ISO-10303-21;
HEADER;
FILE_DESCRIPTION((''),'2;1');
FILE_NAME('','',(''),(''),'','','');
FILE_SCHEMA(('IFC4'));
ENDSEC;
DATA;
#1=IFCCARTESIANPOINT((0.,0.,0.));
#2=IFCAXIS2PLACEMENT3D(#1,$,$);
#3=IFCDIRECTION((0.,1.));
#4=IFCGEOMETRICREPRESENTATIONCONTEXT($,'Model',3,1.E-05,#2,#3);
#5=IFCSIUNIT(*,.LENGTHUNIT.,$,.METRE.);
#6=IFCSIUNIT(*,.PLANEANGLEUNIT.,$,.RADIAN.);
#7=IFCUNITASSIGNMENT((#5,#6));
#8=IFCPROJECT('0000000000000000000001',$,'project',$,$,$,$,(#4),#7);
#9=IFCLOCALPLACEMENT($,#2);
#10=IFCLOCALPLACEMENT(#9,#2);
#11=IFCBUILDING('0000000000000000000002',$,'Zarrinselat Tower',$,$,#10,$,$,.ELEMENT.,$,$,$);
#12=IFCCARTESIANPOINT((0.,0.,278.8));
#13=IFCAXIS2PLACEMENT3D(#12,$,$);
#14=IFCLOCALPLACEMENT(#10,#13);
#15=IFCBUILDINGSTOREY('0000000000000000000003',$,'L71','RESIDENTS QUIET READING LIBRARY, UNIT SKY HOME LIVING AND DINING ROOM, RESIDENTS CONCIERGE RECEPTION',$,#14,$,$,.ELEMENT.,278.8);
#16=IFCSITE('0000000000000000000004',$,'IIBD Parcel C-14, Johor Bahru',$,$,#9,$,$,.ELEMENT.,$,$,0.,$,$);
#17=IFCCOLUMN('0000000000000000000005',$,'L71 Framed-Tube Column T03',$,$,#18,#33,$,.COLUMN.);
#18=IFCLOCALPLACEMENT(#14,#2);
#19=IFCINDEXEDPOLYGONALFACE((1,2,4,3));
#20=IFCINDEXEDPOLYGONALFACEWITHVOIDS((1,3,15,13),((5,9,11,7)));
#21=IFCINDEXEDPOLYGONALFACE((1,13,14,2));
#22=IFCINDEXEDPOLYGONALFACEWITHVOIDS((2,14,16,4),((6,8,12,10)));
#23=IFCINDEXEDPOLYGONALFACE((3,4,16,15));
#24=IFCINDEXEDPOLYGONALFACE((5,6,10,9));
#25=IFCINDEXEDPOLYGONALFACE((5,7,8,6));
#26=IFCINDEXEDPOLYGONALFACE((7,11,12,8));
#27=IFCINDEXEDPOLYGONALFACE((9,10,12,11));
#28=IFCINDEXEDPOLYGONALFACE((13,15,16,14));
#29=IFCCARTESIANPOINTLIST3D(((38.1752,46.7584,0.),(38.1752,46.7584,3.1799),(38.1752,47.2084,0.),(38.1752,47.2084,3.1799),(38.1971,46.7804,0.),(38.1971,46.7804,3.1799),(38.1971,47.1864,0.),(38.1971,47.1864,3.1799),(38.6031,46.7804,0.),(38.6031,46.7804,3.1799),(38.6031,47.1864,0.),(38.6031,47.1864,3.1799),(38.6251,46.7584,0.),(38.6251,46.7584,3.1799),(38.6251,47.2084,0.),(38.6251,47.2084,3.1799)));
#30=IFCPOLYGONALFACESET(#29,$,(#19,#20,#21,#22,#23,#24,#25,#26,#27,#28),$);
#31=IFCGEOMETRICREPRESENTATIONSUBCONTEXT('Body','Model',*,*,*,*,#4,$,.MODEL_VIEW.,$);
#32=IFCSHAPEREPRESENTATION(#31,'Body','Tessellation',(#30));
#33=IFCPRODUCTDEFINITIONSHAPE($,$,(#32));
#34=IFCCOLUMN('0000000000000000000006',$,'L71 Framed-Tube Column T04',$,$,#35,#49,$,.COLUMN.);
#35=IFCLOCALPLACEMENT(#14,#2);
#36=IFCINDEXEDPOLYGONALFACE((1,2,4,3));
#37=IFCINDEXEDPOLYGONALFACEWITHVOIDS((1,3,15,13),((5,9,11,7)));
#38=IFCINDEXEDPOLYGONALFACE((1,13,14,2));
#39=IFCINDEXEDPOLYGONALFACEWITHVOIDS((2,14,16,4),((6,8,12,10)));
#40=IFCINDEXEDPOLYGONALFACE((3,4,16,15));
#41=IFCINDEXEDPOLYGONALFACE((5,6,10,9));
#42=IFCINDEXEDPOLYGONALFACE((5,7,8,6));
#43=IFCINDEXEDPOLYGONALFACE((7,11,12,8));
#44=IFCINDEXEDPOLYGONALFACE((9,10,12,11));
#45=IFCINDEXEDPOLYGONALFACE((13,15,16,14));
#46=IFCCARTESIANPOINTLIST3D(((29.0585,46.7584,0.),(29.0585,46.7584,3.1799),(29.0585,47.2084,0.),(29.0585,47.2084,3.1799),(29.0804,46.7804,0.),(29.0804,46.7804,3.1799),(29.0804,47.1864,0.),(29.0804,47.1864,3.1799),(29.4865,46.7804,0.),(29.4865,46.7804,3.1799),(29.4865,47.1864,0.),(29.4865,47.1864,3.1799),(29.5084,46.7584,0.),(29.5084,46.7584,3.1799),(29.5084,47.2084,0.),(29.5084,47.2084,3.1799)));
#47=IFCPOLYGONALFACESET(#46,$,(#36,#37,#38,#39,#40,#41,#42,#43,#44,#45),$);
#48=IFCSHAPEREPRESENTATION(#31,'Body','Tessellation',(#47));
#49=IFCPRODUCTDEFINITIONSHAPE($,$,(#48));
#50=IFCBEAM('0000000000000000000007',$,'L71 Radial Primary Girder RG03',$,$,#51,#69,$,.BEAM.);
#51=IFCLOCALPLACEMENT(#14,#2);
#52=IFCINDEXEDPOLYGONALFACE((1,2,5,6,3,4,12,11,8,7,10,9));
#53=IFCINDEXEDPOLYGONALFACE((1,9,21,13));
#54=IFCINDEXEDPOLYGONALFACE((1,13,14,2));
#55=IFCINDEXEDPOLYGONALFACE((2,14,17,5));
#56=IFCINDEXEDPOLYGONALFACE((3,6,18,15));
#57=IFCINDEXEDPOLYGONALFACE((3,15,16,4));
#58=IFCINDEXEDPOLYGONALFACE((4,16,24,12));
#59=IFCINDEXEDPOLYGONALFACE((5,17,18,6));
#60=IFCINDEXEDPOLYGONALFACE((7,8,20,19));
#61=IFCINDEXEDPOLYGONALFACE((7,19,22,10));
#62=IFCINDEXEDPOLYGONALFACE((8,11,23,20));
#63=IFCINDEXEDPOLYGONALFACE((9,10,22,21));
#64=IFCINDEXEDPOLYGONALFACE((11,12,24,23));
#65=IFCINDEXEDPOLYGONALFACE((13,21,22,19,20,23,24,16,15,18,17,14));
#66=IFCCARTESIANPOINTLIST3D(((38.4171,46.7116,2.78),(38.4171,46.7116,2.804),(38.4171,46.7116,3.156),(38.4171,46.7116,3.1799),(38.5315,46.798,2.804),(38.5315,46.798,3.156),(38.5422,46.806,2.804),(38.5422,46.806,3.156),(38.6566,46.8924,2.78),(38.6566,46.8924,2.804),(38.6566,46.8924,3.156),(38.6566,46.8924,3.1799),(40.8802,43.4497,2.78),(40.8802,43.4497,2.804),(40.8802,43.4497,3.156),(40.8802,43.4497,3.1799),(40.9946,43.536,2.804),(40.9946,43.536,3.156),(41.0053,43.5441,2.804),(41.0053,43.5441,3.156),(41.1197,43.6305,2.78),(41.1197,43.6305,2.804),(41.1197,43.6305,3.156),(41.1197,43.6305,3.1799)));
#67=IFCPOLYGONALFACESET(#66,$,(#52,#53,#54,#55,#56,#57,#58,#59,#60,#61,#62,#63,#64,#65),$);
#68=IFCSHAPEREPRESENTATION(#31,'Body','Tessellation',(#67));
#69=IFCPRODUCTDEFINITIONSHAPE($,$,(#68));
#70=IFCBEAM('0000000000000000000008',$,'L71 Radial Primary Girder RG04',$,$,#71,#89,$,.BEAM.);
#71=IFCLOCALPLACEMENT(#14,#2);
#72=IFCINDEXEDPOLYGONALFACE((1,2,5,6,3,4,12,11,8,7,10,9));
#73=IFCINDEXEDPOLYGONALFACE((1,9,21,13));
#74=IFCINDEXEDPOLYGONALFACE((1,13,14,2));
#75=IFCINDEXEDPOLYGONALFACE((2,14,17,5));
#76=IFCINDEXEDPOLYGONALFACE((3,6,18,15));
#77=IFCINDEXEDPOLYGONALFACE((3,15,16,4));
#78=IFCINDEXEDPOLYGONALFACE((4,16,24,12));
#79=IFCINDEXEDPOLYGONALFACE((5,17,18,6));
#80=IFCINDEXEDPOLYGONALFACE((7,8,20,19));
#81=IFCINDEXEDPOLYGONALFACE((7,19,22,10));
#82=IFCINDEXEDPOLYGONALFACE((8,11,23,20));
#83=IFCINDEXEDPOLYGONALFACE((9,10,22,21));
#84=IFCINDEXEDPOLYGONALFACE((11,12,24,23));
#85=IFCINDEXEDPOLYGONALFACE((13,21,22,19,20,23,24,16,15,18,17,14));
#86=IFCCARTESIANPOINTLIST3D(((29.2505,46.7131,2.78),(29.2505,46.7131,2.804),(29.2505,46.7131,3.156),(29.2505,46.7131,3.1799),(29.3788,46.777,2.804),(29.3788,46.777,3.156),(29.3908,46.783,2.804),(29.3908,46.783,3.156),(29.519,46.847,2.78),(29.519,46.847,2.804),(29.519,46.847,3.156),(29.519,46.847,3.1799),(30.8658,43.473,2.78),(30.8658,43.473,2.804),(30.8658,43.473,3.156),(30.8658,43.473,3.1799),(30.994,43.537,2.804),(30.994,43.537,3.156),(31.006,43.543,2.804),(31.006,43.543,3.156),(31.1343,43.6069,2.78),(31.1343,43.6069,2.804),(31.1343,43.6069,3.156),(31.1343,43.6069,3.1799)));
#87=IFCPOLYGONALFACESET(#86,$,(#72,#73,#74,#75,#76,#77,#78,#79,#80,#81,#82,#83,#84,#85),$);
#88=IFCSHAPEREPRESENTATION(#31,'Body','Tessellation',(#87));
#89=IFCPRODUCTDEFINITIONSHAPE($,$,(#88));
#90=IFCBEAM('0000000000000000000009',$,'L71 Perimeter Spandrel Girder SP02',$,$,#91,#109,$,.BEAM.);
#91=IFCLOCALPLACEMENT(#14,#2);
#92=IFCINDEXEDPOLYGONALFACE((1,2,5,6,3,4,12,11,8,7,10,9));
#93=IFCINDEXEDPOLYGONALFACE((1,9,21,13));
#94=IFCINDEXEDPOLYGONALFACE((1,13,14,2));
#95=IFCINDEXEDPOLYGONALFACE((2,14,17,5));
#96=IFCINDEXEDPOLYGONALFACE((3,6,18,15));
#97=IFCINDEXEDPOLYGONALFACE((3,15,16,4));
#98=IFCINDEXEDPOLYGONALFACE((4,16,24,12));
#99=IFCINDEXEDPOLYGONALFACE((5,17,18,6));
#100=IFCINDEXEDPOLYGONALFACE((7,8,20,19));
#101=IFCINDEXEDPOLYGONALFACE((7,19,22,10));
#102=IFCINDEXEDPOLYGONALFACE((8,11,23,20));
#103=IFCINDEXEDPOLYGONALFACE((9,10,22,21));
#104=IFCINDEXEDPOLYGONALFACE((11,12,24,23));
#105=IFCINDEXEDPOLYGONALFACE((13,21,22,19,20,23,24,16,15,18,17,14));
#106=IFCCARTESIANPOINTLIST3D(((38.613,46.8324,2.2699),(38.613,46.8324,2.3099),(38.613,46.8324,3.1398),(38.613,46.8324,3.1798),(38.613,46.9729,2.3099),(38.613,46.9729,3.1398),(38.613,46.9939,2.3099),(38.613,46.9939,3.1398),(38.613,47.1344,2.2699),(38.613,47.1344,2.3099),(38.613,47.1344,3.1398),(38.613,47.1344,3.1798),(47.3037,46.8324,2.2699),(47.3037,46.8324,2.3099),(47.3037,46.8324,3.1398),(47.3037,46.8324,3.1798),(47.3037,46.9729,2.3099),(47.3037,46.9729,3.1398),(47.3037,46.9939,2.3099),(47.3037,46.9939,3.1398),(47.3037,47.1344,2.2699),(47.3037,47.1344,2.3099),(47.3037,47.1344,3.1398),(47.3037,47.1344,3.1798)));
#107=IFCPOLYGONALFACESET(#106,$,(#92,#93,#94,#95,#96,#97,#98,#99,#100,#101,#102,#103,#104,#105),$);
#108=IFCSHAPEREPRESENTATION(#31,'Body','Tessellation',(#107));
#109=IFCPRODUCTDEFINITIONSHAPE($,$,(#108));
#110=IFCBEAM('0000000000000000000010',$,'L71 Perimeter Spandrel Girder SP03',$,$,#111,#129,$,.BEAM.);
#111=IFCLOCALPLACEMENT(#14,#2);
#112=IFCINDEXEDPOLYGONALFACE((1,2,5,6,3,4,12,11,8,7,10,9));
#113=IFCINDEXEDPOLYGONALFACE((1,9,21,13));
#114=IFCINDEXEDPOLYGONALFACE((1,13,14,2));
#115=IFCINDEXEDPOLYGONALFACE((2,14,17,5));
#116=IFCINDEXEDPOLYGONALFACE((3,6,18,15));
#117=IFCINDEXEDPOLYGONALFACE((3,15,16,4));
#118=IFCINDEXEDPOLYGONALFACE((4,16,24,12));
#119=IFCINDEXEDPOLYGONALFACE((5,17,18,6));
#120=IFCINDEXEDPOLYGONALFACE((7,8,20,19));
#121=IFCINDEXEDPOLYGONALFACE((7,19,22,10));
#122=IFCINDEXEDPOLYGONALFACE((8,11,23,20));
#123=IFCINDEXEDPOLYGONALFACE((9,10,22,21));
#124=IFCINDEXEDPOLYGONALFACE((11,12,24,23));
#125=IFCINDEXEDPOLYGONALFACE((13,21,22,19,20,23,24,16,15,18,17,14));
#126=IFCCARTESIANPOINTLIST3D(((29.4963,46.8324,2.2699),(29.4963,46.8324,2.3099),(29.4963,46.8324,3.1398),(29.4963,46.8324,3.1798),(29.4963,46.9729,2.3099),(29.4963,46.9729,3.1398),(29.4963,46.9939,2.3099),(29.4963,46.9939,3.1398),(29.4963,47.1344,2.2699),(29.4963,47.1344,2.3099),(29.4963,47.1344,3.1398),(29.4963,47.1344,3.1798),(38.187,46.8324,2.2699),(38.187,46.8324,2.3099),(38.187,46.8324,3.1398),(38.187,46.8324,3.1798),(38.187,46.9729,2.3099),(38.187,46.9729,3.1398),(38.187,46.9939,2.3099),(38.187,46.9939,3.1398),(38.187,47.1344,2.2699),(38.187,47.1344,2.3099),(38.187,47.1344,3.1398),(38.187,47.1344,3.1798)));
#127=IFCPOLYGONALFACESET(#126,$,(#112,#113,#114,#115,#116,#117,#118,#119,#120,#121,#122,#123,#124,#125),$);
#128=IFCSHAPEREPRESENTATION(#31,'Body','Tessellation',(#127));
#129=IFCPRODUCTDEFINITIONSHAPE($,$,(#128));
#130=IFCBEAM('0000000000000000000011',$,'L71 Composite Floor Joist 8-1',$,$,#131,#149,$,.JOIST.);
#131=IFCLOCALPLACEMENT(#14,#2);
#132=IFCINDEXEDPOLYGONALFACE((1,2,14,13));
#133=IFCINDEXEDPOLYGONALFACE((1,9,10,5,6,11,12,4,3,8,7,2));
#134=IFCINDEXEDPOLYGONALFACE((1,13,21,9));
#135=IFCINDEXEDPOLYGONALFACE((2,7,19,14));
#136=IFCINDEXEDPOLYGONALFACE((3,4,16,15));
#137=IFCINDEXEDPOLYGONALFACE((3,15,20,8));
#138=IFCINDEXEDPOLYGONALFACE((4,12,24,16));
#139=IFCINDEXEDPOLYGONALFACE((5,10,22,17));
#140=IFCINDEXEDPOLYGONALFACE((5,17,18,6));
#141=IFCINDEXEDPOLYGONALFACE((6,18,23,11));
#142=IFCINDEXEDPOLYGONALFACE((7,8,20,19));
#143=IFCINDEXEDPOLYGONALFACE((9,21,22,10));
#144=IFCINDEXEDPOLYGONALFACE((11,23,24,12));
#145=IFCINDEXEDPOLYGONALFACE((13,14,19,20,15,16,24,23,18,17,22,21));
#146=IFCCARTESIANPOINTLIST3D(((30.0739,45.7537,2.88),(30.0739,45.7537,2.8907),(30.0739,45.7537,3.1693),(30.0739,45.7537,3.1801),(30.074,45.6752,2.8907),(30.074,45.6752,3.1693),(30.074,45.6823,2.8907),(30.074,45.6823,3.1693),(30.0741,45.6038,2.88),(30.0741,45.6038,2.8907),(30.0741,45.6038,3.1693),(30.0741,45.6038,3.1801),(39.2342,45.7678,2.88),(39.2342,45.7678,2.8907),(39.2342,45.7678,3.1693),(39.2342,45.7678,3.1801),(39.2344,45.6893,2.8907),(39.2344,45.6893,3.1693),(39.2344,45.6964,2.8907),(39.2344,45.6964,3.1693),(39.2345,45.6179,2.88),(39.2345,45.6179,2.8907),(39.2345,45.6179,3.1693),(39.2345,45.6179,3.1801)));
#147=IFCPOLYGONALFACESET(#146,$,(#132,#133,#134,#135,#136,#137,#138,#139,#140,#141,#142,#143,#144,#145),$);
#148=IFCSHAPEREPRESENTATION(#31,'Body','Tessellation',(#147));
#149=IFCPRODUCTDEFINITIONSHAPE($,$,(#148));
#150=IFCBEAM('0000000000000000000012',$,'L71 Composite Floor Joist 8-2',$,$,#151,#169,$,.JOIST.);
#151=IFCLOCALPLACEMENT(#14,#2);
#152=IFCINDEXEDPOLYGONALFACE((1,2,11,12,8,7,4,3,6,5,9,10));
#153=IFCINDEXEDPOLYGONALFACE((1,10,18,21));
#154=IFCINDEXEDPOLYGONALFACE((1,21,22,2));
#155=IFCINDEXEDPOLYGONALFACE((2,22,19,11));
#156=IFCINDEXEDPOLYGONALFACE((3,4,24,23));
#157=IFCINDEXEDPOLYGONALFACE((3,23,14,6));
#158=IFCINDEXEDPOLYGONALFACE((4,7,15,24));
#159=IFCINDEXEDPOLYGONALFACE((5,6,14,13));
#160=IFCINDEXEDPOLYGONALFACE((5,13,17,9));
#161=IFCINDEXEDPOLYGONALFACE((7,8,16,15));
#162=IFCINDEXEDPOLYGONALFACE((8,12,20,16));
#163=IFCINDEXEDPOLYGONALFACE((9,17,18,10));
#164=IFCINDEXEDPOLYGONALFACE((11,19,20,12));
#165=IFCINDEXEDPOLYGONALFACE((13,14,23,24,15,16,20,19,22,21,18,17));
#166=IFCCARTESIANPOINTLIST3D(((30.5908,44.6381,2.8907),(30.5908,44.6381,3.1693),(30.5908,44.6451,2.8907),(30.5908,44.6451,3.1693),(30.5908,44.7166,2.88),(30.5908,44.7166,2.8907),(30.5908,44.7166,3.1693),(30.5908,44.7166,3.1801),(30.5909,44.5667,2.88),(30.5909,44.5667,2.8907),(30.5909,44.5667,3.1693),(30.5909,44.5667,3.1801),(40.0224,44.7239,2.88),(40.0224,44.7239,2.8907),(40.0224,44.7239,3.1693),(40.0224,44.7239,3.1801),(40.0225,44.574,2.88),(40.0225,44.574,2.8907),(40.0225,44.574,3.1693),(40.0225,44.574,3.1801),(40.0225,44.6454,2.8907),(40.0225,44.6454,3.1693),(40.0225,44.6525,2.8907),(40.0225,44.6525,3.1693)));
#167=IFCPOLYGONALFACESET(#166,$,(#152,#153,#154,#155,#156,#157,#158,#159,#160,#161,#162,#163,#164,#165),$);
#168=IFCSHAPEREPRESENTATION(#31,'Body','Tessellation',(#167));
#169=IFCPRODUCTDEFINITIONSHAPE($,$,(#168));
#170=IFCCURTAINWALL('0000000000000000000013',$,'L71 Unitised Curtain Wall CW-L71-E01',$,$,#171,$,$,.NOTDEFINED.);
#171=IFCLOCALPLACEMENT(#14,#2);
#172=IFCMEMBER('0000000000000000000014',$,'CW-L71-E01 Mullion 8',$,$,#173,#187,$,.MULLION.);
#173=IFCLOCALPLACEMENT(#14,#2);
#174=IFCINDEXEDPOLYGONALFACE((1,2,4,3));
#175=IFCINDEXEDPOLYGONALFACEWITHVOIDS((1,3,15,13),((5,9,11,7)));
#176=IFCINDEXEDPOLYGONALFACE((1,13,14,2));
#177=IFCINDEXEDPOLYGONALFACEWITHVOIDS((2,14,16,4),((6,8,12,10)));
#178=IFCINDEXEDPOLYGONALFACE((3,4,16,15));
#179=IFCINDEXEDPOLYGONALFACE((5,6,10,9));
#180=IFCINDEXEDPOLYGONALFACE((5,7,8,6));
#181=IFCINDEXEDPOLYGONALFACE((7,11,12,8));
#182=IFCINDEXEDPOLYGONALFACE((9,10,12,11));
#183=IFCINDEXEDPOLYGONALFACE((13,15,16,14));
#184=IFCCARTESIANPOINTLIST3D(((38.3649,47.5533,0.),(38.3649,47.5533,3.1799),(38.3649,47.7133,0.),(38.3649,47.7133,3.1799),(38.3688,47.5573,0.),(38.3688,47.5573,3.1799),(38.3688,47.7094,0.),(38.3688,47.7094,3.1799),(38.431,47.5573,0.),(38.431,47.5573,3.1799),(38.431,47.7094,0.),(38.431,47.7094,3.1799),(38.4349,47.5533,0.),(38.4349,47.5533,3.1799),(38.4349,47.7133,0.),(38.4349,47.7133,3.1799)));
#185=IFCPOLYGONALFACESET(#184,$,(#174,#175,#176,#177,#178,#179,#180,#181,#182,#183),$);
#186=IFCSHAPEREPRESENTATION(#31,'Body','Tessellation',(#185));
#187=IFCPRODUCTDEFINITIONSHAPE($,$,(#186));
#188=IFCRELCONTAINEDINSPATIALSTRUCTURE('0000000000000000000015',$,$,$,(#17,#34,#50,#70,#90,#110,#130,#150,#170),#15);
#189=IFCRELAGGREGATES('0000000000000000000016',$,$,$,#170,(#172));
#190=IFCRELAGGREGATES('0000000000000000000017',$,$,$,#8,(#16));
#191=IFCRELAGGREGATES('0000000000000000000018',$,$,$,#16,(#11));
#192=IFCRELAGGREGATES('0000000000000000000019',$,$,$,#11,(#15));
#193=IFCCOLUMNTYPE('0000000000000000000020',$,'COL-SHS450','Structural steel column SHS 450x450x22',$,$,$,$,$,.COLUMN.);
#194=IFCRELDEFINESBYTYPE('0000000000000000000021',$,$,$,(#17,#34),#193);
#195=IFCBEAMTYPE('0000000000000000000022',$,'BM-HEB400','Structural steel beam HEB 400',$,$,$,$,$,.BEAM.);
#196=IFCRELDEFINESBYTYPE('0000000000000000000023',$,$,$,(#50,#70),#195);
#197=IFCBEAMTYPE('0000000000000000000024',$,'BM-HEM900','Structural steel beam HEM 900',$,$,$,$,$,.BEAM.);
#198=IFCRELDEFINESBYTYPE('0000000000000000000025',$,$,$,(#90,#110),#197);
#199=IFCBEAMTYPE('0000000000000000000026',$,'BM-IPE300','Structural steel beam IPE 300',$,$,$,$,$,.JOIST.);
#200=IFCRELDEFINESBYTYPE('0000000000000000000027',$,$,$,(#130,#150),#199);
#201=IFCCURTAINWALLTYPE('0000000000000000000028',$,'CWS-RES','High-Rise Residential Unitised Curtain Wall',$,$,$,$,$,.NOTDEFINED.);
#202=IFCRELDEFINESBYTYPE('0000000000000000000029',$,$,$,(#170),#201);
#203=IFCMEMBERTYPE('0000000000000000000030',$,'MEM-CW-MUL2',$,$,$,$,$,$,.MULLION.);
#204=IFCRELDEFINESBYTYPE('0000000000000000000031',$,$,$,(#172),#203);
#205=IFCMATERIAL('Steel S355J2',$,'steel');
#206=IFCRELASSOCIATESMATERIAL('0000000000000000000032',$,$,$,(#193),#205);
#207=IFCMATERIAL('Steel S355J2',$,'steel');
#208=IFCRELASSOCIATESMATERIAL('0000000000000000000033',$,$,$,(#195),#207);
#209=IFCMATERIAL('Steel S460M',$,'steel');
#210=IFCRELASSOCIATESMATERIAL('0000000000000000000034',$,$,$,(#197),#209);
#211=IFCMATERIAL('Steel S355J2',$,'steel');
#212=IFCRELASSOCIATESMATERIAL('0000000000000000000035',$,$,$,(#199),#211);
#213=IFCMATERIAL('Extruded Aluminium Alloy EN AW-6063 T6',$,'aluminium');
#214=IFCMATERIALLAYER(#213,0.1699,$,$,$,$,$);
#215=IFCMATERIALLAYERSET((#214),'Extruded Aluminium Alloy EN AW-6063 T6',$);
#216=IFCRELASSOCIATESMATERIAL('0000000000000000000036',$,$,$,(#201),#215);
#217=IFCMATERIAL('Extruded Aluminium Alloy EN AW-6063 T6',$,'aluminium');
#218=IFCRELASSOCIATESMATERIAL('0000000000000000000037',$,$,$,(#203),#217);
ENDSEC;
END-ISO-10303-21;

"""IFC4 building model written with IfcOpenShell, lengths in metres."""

from ifc_helpers import new_model, si_unit, direction, frame, origin, origin_2d, place, context, subcontext, project, spatial, hollow_rectangle, i_section, extrude, material, layer, layer_set, material_profile, profile_set, type_object, element, aggregate, save


model = new_model("IFC4")

# Units and contexts
model_context = context("Model", 3, precision=1e-05, world=origin(), true_north=direction((0.0, 1.0)))
body_context = subcontext(model_context, "Body", "Model", "MODEL_VIEW")
ifc_project = project(units=[si_unit("LENGTHUNIT", "METRE"), si_unit("PLANEANGLEUNIT", "RADIAN")], contexts=[model_context])

# Site, building, storey
site_placement = place(None, origin())
site = spatial("IfcSite", under=ifc_project, at=site_placement, Name="IIBD Parcel C-14, Johor Bahru", CompositionType="ELEMENT", RefElevation=0.0)
building_placement = place(site_placement, origin())
building = spatial("IfcBuilding", under=site, at=building_placement, Name="Zarrinselat Tower", CompositionType="ELEMENT")
storey_placement = place(building_placement, frame((0.0, 0.0, 278.8)))
storey = spatial("IfcBuildingStorey", under=building, at=storey_placement, Name="L71", Description="RESIDENTS QUIET READING LIBRARY, UNIT SKY HOME LIVING AND DINING ROOM, RESIDENTS CONCIERGE RECEPTION", CompositionType="ELEMENT", Elevation=278.8)

# Columns
ifc_material_1 = material(Name="Steel S355J2", Category="steel")
ifc_material_profile_1 = material_profile(ifc_material_1, hollow_rectangle(XDim=0.45, YDim=0.45, WallThickness=0.022, at=origin_2d()), Name="SHS 450x450x22")
ifc_profile_set_1 = profile_set([ifc_material_profile_1], Name="Steel S355J2")
column_type = type_object("IfcColumnType", Name="COL-SHS450", Description="Structural steel column SHS 450x450x22", PredefinedType="COLUMN", material=ifc_profile_set_1)
for number, where, z_axis, x_axis, name in (
    (1, (38.4001, 46.9834, 0.0), (0.0, 0.0, 1.0), (1.0, 0.0, 0.0), "L71 Framed-Tube Column T03"),
    (2, (29.2834, 46.9834, 0.0), (0.0, 0.0, 1.0), (1.0, 0.0, 0.0), "L71 Framed-Tube Column T04"),
):
    element("IfcColumn", number, at=place(storey_placement, frame(where, z_axis=z_axis, x_axis=x_axis)), inside=storey, type_object=column_type, Name=name, PredefinedType="COLUMN", context=body_context, shape_type="SweptSolid", body=[
        extrude(hollow_rectangle(XDim=0.45, YDim=0.45, WallThickness=0.022, at=origin_2d()), origin(), (0.0, 0.0, 1.0), 3.1799),
    ])

# Beams
ifc_material_2 = material(Name="Steel S355J2", Category="steel")
ifc_material_profile_2 = material_profile(ifc_material_2, i_section(OverallWidth=0.3, OverallDepth=0.3999, WebThickness=0.0134, FlangeThickness=0.0239, at=origin_2d()), Name="HEB 400")
ifc_profile_set_2 = profile_set([ifc_material_profile_2], Name="Steel S355J2")
beam_type_1 = type_object("IfcBeamType", Name="BM-HEB400", Description="Structural steel beam HEB 400", PredefinedType="BEAM", material=ifc_profile_set_2)
beam_1_placement = place(storey_placement, frame((38.5369, 46.802, 2.98), z_axis=(0.602606, -0.798039, 0.0), x_axis=(0.798039, 0.602606, 0.0)))
element("IfcBeam", 3, at=beam_1_placement, inside=storey, type_object=beam_type_1, Name="L71 Radial Primary Girder RG03", PredefinedType="BEAM", context=body_context, shape_type="SweptSolid", body=[
    extrude(i_section(OverallWidth=0.3, OverallDepth=0.3999, WebThickness=0.0134, FlangeThickness=0.0239, at=origin_2d()), origin(), (0.0, 0.0, 1.0), 4.0874),
])
beam_2_placement = place(storey_placement, frame((29.3848, 46.78, 2.98), z_axis=(0.446161, -0.894953, 0.0), x_axis=(0.894953, 0.446161, 0.0)))
element("IfcBeam", 4, at=beam_2_placement, inside=storey, type_object=beam_type_1, Name="L71 Radial Primary Girder RG04", PredefinedType="BEAM", context=body_context, shape_type="SweptSolid", body=[
    extrude(i_section(OverallWidth=0.3, OverallDepth=0.3999, WebThickness=0.0134, FlangeThickness=0.0239, at=origin_2d()), origin(), (0.0, 0.0, 1.0), 3.6204),
])
ifc_material_3 = material(Name="Steel S460M", Category="steel")
ifc_material_profile_3 = material_profile(ifc_material_3, i_section(OverallWidth=0.302, OverallDepth=0.9099, WebThickness=0.021, FlangeThickness=0.04, at=origin_2d()), Name="HEM 900")
ifc_profile_set_3 = profile_set([ifc_material_profile_3], Name="Steel S460M")
beam_type_2 = type_object("IfcBeamType", Name="BM-HEM900", Description="Structural steel beam HEM 900", PredefinedType="BEAM", material=ifc_profile_set_3)
for number, where, z_axis, x_axis, name in (
    (5, (38.613, 46.9834, 2.7249), (1.0, 0.0, 0.0), (0.0, 1.0, 0.0), "L71 Perimeter Spandrel Girder SP02"),
    (6, (29.4963, 46.9834, 2.7249), (1.0, 0.0, 0.0), (0.0, 1.0, 0.0), "L71 Perimeter Spandrel Girder SP03"),
):
    element("IfcBeam", number, at=place(storey_placement, frame(where, z_axis=z_axis, x_axis=x_axis)), inside=storey, type_object=beam_type_2, Name=name, PredefinedType="BEAM", context=body_context, shape_type="SweptSolid", body=[
        extrude(i_section(OverallWidth=0.302, OverallDepth=0.9099, WebThickness=0.021, FlangeThickness=0.04, at=origin_2d()), origin(), (0.0, 0.0, 1.0), 8.6907),
    ])
ifc_material_4 = material(Name="Steel S355J2", Category="steel")
ifc_material_profile_4 = material_profile(ifc_material_4, i_section(OverallWidth=0.1499, OverallDepth=0.3, WebThickness=0.0071, FlangeThickness=0.0107, at=origin_2d()), Name="IPE 300")
ifc_profile_set_4 = profile_set([ifc_material_profile_4], Name="Steel S355J2")
beam_type_3 = type_object("IfcBeamType", Name="BM-IPE300", Description="Structural steel beam IPE 300", PredefinedType="JOIST", material=ifc_profile_set_4)
beam_3_placement = place(storey_placement, frame((30.074, 45.6787, 3.03), z_axis=(0.999999, 0.001546, 0.0), x_axis=(-0.001546, 0.999999, 0.0)))
element("IfcBeam", 7, at=beam_3_placement, inside=storey, type_object=beam_type_3, Name="L71 Composite Floor Joist 8-1", PredefinedType="JOIST", context=body_context, shape_type="SweptSolid", body=[
    extrude(i_section(OverallWidth=0.1499, OverallDepth=0.3, WebThickness=0.0071, FlangeThickness=0.0107, at=origin_2d()), origin(), (0.0, 0.0, 1.0), 9.1604),
])
beam_4_placement = place(storey_placement, frame((30.5908, 44.6416, 3.03), z_axis=(1.0, 0.000777, 0.0), x_axis=(-0.000777, 1.0, 0.0)))
element("IfcBeam", 8, at=beam_4_placement, inside=storey, type_object=beam_type_3, Name="L71 Composite Floor Joist 8-2", PredefinedType="JOIST", context=body_context, shape_type="SweptSolid", body=[
    extrude(i_section(OverallWidth=0.1499, OverallDepth=0.3, WebThickness=0.0071, FlangeThickness=0.0107, at=origin_2d()), origin(), (0.0, 0.0, 1.0), 9.4316),
])

# Curtain wall, member
ifc_material_5 = material(Name="Extruded Aluminium Alloy EN AW-6063 T6", Category="aluminium")
ifc_layer_1 = layer(ifc_material_5, 0.1699)
ifc_layer_set_1 = layer_set([ifc_layer_1], Name="Extruded Aluminium Alloy EN AW-6063 T6")
curtain_wall_type = type_object("IfcCurtainWallType", Name="CWS-RES", Description="High-Rise Residential Unitised Curtain Wall", PredefinedType="NOTDEFINED", material=ifc_layer_set_1)
curtain_wall_placement = place(storey_placement, origin())
curtain_wall = element("IfcCurtainWall", 9, at=curtain_wall_placement, inside=storey, type_object=curtain_wall_type, Name="L71 Unitised Curtain Wall CW-L71-E01", PredefinedType="NOTDEFINED")
ifc_material_6 = material(Name="Extruded Aluminium Alloy EN AW-6063 T6", Category="aluminium")
ifc_material_profile_5 = material_profile(ifc_material_6, hollow_rectangle(XDim=0.0701, YDim=0.1599, WallThickness=0.0039, at=origin_2d()), Name="RHS 160x70x4")
ifc_profile_set_5 = profile_set([ifc_material_profile_5], Name="Extruded Aluminium Alloy EN AW-6063 T6")
member_type_1 = type_object("IfcMemberType", Name="MEM-CW-MUL2", PredefinedType="MULLION", material=ifc_profile_set_5)
member_1_placement = place(storey_placement, frame((38.3999, 47.6333, 0.0), z_axis=(0.0, 0.0, 1.0), x_axis=(-1.0, 0.0, 0.0)))
member_1 = element("IfcMember", 10, at=member_1_placement, type_object=member_type_1, Name="CW-L71-E01 Mullion 8", PredefinedType="MULLION", context=body_context, shape_type="SweptSolid", body=[
    extrude(hollow_rectangle(XDim=0.0701, YDim=0.1599, WallThickness=0.0039, at=origin_2d()), origin(), (0.0, 0.0, 1.0), 3.1799),
])
aggregate(curtain_wall, [member_1])

save(model, "model.ifc")
